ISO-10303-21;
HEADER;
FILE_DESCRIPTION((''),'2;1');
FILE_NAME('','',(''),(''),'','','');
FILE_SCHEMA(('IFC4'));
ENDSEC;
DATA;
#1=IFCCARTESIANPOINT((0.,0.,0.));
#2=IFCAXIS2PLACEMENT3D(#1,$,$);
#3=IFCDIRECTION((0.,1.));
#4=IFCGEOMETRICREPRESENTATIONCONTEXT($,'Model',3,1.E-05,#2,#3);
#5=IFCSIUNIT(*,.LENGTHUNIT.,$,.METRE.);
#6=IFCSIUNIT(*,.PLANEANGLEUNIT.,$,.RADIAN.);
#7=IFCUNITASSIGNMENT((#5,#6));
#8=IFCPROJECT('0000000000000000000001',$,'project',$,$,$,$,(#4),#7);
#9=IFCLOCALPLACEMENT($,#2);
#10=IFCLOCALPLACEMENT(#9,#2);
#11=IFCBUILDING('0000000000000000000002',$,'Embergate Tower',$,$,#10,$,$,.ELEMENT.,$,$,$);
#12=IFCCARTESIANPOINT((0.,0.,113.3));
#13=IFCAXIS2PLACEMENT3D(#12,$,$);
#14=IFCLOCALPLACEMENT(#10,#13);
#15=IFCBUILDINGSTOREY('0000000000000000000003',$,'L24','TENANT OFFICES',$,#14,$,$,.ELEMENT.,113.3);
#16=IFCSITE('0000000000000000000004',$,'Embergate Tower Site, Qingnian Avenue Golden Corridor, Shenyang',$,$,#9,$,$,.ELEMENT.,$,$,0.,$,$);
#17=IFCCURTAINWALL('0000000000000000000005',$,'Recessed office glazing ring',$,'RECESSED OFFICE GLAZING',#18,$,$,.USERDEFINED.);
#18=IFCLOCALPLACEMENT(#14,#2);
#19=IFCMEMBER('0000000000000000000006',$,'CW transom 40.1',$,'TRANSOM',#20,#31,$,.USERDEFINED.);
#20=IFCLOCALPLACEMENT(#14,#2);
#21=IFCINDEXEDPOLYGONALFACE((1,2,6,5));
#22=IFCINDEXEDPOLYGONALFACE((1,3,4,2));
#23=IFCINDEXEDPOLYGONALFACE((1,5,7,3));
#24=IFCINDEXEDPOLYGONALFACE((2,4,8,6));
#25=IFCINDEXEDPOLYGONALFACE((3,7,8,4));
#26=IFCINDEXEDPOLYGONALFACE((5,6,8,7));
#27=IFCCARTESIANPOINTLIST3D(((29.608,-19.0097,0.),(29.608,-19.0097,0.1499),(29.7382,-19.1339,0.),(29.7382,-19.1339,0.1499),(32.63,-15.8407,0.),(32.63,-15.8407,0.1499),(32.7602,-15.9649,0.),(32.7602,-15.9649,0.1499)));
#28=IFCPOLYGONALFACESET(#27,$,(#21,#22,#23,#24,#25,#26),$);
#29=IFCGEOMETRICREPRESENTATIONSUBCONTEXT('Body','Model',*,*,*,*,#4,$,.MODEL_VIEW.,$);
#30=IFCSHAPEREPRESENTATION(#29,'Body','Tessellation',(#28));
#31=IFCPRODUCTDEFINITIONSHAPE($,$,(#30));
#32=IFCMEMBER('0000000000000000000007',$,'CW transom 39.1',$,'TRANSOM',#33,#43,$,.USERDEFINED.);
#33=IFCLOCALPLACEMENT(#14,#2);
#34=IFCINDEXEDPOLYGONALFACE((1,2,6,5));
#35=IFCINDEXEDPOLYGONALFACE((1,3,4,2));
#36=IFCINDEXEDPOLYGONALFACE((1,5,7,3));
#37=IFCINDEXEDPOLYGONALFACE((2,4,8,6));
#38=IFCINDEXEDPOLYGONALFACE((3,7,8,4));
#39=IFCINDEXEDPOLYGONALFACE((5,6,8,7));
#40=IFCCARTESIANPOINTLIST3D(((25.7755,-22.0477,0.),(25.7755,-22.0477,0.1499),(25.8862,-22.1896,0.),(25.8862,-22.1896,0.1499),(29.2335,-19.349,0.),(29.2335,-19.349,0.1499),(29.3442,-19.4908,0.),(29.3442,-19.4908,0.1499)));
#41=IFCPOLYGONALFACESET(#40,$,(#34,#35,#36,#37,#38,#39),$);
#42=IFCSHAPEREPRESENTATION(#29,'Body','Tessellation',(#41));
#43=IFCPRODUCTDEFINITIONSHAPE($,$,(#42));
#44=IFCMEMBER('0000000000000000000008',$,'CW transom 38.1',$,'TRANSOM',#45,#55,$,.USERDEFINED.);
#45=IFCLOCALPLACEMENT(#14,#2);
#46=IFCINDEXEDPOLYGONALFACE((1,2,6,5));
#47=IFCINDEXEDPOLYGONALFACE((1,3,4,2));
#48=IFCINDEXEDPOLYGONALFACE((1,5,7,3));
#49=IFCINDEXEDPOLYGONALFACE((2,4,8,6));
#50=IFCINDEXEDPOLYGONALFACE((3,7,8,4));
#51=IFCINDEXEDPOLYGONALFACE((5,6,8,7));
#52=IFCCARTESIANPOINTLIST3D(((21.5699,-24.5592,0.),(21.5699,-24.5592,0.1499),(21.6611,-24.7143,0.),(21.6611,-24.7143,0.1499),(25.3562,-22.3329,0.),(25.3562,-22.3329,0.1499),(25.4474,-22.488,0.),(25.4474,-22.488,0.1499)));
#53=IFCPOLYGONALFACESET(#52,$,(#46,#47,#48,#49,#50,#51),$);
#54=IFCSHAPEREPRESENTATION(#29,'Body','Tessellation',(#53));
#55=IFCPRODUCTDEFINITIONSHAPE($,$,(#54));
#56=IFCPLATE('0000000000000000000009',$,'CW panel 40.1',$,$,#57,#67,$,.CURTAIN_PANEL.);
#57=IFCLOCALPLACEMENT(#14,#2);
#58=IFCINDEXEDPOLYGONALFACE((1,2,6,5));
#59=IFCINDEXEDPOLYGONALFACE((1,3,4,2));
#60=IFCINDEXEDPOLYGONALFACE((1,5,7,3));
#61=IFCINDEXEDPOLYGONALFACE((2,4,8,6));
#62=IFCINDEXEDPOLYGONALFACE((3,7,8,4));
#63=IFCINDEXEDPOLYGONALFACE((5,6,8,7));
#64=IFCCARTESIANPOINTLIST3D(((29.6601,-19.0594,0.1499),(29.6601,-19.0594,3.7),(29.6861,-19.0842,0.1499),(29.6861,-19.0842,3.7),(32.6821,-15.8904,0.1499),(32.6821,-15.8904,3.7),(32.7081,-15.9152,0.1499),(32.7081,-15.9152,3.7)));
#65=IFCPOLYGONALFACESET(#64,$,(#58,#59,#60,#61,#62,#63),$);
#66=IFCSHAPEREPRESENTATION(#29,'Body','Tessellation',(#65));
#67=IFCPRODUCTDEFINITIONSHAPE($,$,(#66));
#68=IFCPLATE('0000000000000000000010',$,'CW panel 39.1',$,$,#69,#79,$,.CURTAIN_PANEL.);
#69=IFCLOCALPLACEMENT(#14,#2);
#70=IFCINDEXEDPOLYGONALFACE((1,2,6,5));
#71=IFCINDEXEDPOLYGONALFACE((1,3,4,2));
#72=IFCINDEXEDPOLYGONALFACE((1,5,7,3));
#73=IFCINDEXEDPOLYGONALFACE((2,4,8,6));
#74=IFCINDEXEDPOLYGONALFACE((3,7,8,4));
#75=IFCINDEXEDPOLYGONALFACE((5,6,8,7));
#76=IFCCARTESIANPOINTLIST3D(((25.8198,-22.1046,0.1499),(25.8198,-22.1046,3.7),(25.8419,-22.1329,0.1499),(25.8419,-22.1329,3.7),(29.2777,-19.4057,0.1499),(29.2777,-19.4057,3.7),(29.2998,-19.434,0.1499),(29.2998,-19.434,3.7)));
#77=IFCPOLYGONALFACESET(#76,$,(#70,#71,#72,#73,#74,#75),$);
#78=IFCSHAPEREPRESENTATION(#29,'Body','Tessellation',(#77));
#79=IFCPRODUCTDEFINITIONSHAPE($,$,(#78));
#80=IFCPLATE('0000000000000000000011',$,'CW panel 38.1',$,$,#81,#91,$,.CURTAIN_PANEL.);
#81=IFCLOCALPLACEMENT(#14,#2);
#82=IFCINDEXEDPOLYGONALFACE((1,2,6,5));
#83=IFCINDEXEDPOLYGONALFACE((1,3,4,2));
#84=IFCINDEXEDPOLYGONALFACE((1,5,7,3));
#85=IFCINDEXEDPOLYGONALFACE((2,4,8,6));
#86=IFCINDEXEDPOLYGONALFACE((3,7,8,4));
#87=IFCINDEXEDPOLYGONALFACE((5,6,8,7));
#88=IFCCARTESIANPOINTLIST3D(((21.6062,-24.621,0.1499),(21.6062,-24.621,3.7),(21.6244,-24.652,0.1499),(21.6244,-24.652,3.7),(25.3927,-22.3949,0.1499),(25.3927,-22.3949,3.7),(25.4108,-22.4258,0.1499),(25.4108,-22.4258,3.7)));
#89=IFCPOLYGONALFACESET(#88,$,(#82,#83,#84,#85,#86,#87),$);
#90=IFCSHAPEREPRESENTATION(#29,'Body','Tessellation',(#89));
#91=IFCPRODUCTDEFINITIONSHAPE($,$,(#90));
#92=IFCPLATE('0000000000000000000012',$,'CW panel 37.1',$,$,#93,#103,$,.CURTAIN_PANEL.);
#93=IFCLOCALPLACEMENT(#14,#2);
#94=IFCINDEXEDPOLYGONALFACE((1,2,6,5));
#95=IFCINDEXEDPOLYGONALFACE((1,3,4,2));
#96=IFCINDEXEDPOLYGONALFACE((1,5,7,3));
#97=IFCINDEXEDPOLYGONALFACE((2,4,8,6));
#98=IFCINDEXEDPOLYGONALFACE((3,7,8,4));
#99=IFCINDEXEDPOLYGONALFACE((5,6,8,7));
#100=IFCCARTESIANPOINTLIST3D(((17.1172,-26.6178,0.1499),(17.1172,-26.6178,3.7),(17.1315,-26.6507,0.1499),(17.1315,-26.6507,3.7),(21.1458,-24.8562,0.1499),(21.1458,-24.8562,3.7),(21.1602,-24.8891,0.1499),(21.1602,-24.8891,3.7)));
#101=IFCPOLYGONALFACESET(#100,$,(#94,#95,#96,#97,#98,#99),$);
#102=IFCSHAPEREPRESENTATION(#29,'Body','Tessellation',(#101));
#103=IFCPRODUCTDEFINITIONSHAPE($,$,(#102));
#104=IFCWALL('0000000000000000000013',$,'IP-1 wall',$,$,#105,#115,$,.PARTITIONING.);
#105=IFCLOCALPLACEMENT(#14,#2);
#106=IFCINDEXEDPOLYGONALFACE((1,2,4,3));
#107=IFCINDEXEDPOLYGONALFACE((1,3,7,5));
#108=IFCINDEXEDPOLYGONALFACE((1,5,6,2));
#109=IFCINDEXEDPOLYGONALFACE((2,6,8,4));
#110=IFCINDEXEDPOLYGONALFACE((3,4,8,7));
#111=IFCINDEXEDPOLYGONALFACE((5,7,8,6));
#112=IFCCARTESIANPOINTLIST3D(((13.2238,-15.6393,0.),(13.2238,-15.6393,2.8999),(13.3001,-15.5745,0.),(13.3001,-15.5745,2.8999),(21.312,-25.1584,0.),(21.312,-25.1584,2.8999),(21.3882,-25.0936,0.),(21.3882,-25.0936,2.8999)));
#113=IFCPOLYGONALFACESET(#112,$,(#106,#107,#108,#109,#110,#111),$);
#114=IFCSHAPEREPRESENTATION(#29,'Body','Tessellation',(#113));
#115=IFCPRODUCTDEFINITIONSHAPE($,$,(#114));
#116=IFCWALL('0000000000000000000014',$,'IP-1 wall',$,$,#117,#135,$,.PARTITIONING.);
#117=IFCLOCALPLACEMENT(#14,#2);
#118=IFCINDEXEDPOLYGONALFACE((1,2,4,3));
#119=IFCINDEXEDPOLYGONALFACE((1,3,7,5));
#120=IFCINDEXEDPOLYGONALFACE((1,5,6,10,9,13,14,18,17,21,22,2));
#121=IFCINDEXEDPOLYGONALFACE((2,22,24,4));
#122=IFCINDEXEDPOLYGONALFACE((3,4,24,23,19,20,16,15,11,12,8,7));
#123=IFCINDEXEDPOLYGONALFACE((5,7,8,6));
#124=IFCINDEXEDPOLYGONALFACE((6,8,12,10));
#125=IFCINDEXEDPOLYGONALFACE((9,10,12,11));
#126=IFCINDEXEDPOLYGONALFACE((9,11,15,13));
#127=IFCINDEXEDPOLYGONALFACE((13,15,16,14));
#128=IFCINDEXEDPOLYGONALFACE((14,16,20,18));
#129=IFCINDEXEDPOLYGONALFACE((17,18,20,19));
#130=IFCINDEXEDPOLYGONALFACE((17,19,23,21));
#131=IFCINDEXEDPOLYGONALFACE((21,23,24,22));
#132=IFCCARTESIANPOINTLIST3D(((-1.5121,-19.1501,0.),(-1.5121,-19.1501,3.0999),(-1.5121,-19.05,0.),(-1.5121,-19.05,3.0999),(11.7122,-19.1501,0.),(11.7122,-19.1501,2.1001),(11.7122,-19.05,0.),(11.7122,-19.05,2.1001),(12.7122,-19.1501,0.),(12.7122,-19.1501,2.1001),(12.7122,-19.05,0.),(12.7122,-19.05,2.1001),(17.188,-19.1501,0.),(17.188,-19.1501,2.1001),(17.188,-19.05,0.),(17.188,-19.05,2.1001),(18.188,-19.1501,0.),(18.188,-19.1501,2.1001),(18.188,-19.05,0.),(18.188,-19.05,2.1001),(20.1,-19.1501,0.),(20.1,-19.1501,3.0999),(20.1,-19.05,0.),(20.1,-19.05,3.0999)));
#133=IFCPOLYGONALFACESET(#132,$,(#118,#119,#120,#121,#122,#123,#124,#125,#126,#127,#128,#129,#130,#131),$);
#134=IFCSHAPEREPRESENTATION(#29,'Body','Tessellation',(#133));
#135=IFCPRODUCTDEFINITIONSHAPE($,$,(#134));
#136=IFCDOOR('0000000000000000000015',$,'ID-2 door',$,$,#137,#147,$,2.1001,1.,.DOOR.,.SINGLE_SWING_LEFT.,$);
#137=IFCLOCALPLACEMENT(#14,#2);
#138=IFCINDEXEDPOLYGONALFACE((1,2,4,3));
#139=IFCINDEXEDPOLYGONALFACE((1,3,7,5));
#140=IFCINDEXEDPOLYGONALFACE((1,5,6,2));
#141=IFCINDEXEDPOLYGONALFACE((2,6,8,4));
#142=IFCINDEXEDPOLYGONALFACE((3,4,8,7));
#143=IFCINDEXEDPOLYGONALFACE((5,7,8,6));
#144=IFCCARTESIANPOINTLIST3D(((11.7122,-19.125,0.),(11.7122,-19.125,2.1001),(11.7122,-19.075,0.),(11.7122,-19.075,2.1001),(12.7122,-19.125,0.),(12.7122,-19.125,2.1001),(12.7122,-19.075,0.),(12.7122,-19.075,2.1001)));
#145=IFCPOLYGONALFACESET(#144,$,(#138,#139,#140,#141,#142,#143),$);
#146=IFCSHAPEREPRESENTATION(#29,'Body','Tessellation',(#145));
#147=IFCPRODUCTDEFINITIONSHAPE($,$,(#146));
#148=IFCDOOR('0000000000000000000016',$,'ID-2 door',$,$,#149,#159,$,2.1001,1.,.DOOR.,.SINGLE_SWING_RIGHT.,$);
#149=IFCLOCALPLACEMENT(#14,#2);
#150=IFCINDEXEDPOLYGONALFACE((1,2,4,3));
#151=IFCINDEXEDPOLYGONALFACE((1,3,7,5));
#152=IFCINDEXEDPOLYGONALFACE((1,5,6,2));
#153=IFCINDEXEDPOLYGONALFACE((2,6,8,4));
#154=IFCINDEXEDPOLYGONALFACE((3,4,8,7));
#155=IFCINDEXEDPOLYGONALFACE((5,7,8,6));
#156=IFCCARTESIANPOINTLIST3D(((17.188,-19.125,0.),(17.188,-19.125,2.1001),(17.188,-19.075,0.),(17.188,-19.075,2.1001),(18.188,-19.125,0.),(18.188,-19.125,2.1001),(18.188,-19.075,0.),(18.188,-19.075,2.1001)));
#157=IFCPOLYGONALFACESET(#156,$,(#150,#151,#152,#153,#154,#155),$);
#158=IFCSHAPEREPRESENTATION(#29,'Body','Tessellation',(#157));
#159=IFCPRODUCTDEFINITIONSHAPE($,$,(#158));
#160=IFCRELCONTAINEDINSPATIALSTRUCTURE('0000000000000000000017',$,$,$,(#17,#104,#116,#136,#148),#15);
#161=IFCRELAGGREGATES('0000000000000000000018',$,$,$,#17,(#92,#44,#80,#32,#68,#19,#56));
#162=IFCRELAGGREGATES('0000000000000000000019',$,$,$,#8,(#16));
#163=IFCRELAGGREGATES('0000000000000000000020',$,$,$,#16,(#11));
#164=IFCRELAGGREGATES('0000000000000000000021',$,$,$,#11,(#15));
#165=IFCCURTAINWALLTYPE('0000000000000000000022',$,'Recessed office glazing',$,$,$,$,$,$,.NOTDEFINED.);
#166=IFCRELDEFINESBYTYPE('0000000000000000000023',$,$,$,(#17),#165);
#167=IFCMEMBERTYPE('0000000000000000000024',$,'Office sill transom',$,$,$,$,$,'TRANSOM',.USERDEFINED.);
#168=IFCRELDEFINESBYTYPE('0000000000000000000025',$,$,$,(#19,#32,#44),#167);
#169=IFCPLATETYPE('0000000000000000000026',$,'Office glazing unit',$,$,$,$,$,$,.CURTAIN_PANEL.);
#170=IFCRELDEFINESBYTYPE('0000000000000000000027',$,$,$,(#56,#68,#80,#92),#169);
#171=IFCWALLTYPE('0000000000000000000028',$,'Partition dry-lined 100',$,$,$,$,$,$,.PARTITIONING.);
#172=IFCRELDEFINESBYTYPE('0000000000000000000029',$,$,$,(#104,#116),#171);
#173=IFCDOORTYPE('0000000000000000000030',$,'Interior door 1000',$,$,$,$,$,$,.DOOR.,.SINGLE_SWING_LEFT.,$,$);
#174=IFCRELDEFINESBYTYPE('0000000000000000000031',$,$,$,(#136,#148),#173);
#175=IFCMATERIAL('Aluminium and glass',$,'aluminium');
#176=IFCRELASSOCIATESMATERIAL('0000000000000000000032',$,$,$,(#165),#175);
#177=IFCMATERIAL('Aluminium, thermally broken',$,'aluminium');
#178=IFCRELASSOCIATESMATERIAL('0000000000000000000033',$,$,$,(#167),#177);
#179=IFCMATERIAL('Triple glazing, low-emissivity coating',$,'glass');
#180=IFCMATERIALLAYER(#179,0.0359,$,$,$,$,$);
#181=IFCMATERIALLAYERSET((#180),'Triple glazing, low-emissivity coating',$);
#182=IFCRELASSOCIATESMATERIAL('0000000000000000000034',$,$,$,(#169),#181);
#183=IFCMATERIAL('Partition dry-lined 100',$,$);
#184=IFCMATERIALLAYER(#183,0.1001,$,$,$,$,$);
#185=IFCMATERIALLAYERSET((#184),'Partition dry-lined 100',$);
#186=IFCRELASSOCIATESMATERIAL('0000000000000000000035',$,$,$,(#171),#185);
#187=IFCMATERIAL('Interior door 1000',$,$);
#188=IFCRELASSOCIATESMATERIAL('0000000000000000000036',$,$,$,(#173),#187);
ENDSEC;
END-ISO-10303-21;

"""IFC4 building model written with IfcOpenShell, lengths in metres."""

from ifc_helpers import new_model, si_unit, direction, frame, frame_2d, origin, origin_2d, place, context, subcontext, project, spatial, rectangle, extrude, source, transform, mapped, material, layer, layer_set, material_profile, profile_set, type_object, element, fill, aggregate, save


model = new_model("IFC4")

# Units and contexts
model_context = context("Model", 3, precision=1e-05, world=origin(), true_north=direction((0.0, 1.0)))
body_context = subcontext(model_context, "Body", "Model", "MODEL_VIEW")
ifc_project = project(units=[si_unit("LENGTHUNIT", "METRE"), si_unit("PLANEANGLEUNIT", "RADIAN")], contexts=[model_context])

# Site, building, storey
site_placement = place(None, origin())
site = spatial("IfcSite", under=ifc_project, at=site_placement, Name="Embergate Tower Site, Qingnian Avenue Golden Corridor, Shenyang", CompositionType="ELEMENT", RefElevation=0.0)
building_placement = place(site_placement, origin())
building = spatial("IfcBuilding", under=site, at=building_placement, Name="Embergate Tower", CompositionType="ELEMENT")
storey_placement = place(building_placement, frame((0.0, 0.0, 113.3)))
storey = spatial("IfcBuildingStorey", under=building, at=storey_placement, Name="L24", Description="TENANT OFFICES", CompositionType="ELEMENT", Elevation=113.3)

# Curtain wall, members, plates
ifc_material_1 = material(Name="Aluminium and glass", Category="aluminium")
curtain_wall_type = type_object("IfcCurtainWallType", Name="Recessed office glazing", PredefinedType="NOTDEFINED", material=ifc_material_1)
curtain_wall_placement = place(storey_placement, origin())
curtain_wall = element("IfcCurtainWall", 1, at=curtain_wall_placement, inside=storey, type_object=curtain_wall_type, Name="Recessed office glazing ring", ObjectType="RECESSED OFFICE GLAZING", PredefinedType="USERDEFINED")
ifc_material_2 = material(Name="Aluminium, thermally broken", Category="aluminium")
ifc_material_profile_1 = material_profile(ifc_material_2, rectangle(XDim=0.1799, YDim=0.1499, at=origin_2d()), Name="AL 150x180")
ifc_profile_set_1 = profile_set([ifc_material_profile_1], Name="Aluminium, thermally broken")
member_type_1 = type_object("IfcMemberType", Name="Office sill transom", ElementType="TRANSOM", PredefinedType="USERDEFINED", material=ifc_profile_set_1)
shared_shape_1 = source(origin(), body_context, "Body", "SweptSolid", [
    extrude(rectangle(XDim=0.1799, YDim=0.1499, at=origin_2d()), origin(), (0.0, 0.0, 1.0), 4.3789),
])
member_1_placement = place(storey_placement, frame((29.6731, -19.0718, 0.075), z_axis=(0.690126, 0.72369, 0.0), x_axis=(-0.72369, 0.690126, 0.0)))
member_1 = element("IfcMember", 2, at=member_1_placement, type_object=member_type_1, Name="CW transom 40.1", ObjectType="TRANSOM", PredefinedType="USERDEFINED", context=body_context, shape_type="MappedRepresentation", body=[
    mapped(shared_shape_1, transform((0.0, 0.0, 0.0))),
])
shared_shape_2 = source(origin(), body_context, "Body", "SweptSolid", [
    extrude(rectangle(XDim=0.1799, YDim=0.1499, at=origin_2d()), origin(), (0.0, 0.0, 1.0), 4.3865),
])
member_2_placement = place(storey_placement, frame((25.8308, -22.1187, 0.075), z_axis=(0.788338, 0.615242, 0.0), x_axis=(-0.615242, 0.788338, 0.0)))
member_2 = element("IfcMember", 3, at=member_2_placement, type_object=member_type_1, Name="CW transom 39.1", ObjectType="TRANSOM", PredefinedType="USERDEFINED", context=body_context, shape_type="MappedRepresentation", body=[
    mapped(shared_shape_2, transform((0.0, 0.0, 0.0))),
])
shared_shape_3 = source(origin(), body_context, "Body", "SweptSolid", [
    extrude(rectangle(XDim=0.1799, YDim=0.1499, at=origin_2d()), origin(), (0.0, 0.0, 1.0), 4.3923),
])
member_3_placement = place(storey_placement, frame((21.6155, -24.6367, 0.075), z_axis=(0.86203, 0.506857, 0.0), x_axis=(-0.506857, 0.86203, 0.0)))
member_3 = element("IfcMember", 4, at=member_3_placement, type_object=member_type_1, Name="CW transom 38.1", ObjectType="TRANSOM", PredefinedType="USERDEFINED", context=body_context, shape_type="MappedRepresentation", body=[
    mapped(shared_shape_3, transform((0.0, 0.0, 0.0))),
])
ifc_material_3 = material(Name="Triple glazing, low-emissivity coating", Category="glass")
ifc_layer_1 = layer(ifc_material_3, 0.0359)
ifc_layer_set_1 = layer_set([ifc_layer_1], Name="Triple glazing, low-emissivity coating")
plate_type = type_object("IfcPlateType", Name="Office glazing unit", PredefinedType="CURTAIN_PANEL", material=ifc_layer_set_1)
shared_shape_4 = source(origin(), body_context, "Body", "SweptSolid", [
    extrude(rectangle(XDim=4.3789, YDim=0.0359, at=origin_2d()), origin(), (0.0, 0.0, 1.0), 3.55),
])
plate_1_placement = place(storey_placement, frame((31.1841, -17.4873, 0.1499), z_axis=(0.0, 0.0, 1.0), x_axis=(0.69013, 0.723685, 0.0)))
plate_1 = element("IfcPlate", 5, at=plate_1_placement, type_object=plate_type, Name="CW panel 40.1", PredefinedType="CURTAIN_PANEL", context=body_context, shape_type="MappedRepresentation", body=[
    mapped(shared_shape_4, transform((0.0, 0.0, 0.0))),
])
shared_shape_5 = source(origin(), body_context, "Body", "SweptSolid", [
    extrude(rectangle(XDim=4.3865, YDim=0.0359, at=origin_2d()), origin(), (0.0, 0.0, 1.0), 3.55),
])
plate_2_placement = place(storey_placement, frame((27.5598, -20.7693, 0.1499), z_axis=(0.0, 0.0, 1.0), x_axis=(0.788317, 0.615269, 0.0)))
plate_2 = element("IfcPlate", 6, at=plate_2_placement, type_object=plate_type, Name="CW panel 39.1", PredefinedType="CURTAIN_PANEL", context=body_context, shape_type="MappedRepresentation", body=[
    mapped(shared_shape_5, transform((0.0, 0.0, 0.0))),
])
shared_shape_6 = source(origin(), body_context, "Body", "SweptSolid", [
    extrude(rectangle(XDim=4.3923, YDim=0.0359, at=origin_2d()), origin(), (0.0, 0.0, 1.0), 3.55),
])
plate_3_placement = place(storey_placement, frame((23.5085, -23.5234, 0.1499), z_axis=(0.0, 0.0, 1.0), x_axis=(0.862051, 0.506822, 0.0)))
plate_3 = element("IfcPlate", 7, at=plate_3_placement, type_object=plate_type, Name="CW panel 38.1", PredefinedType="CURTAIN_PANEL", context=body_context, shape_type="MappedRepresentation", body=[
    mapped(shared_shape_6, transform((0.0, 0.0, 0.0))),
])
shared_shape_7 = source(origin(), body_context, "Body", "SweptSolid", [
    extrude(rectangle(XDim=4.397, YDim=0.0359, at=origin_2d()), origin(), (0.0, 0.0, 1.0), 3.55),
])
plate_4_placement = place(storey_placement, frame((19.1387, -25.7534, 0.1499), z_axis=(0.0, 0.0, 1.0), x_axis=(0.916234, 0.400643, 0.0)))
plate_4 = element("IfcPlate", 8, at=plate_4_placement, type_object=plate_type, Name="CW panel 37.1", PredefinedType="CURTAIN_PANEL", context=body_context, shape_type="MappedRepresentation", body=[
    mapped(shared_shape_7, transform((0.0, 0.0, 0.0))),
])
aggregate(curtain_wall, [plate_4, member_3, plate_3, member_2, plate_2, member_1, plate_1])

# Wall
ifc_material_4 = material(Name="Partition dry-lined 100")
ifc_layer_2 = layer(ifc_material_4, 0.1001)
ifc_layer_set_2 = layer_set([ifc_layer_2], Name="Partition dry-lined 100")
wall_type = type_object("IfcWallType", Name="Partition dry-lined 100", PredefinedType="PARTITIONING", material=ifc_layer_set_2)
shared_shape_8 = source(origin(), body_context, "Body", "SweptSolid", [
    extrude(rectangle(XDim=12.4912, YDim=0.1001, at=frame_2d((6.2456, 0.0))), origin(), (0.0, 0.0, 1.0), 2.8999),
])
wall_1_placement = place(storey_placement, frame((21.3501, -25.126, 0.0), z_axis=(0.0, 0.0, 1.0), x_axis=(-0.647507, 0.76206, 0.0)))
element("IfcWall", 9, at=wall_1_placement, inside=storey, type_object=wall_type, Name="IP-1 wall", PredefinedType="PARTITIONING", context=body_context, shape_type="MappedRepresentation", body=[
    mapped(shared_shape_8, transform((0.0, 0.0, 0.0))),
])

# Wall, openings, doors
shared_shape_9 = source(origin(), body_context, "Body", "SweptSolid", [
    extrude(rectangle(XDim=21.6121, YDim=0.1001, at=frame_2d((10.8062, 0.0))), origin(), (0.0, 0.0, 1.0), 3.0999),
])
wall_2_placement = place(storey_placement, frame((20.1001, -19.1001, 0.0), z_axis=(0.0, 0.0, 1.0), x_axis=(-1.0, 0.0, 0.0)))
wall_2 = element("IfcWall", 10, at=wall_2_placement, inside=storey, type_object=wall_type, Name="IP-1 wall", PredefinedType="PARTITIONING", context=body_context, shape_type="MappedRepresentation", body=[
    mapped(shared_shape_9, transform((0.0, 0.0, 0.0))),
])
shared_shape_10 = source(origin(), body_context, "Body", "SweptSolid", [
    extrude(rectangle(XDim=1.0, YDim=2.1001, at=frame_2d((0.5, 1.05))), frame((0.0, 0.0601, 0.0), z_axis=(0.0, -1.0, 0.0), x_axis=(1.0, 0.0, 0.0)), (0.0, 0.0, 1.0), 0.1201),
])
opening_1_placement = place(wall_2_placement, frame((7.3879, 0.0, 0.0)))
opening_1 = element("IfcOpeningElement", 11, at=opening_1_placement, cuts=wall_2, PredefinedType="OPENING", context=body_context, shape_type="MappedRepresentation", body=[
    mapped(shared_shape_10, transform((0.0, 0.0, 0.0))),
])
opening_2_placement = place(wall_2_placement, frame((1.9121, 0.0, 0.0)))
opening_2 = element("IfcOpeningElement", 12, at=opening_2_placement, cuts=wall_2, PredefinedType="OPENING", context=body_context, shape_type="MappedRepresentation", body=[
    mapped(shared_shape_10, transform((0.0, 0.0, 0.0))),
])
ifc_material_5 = material(Name="Interior door 1000")
door_type = type_object("IfcDoorType", Name="Interior door 1000", OperationType="SINGLE_SWING_LEFT", PredefinedType="DOOR", material=ifc_material_5)
shared_shape_11 = source(origin(), body_context, "Body", "SweptSolid", [
    extrude(rectangle(XDim=1.0, YDim=2.1001, at=frame_2d((0.5, 1.05))), frame((0.0, 0.0249, 0.0), z_axis=(0.0, -1.0, 0.0), x_axis=(1.0, 0.0, 0.0)), (0.0, 0.0, 1.0), 0.05),
])
door_1_placement = place(opening_1_placement, origin())
door_1 = element("IfcDoor", 13, at=door_1_placement, inside=storey, type_object=door_type, Name="ID-2 door", OperationType="SINGLE_SWING_LEFT", OverallHeight=2.1001, OverallWidth=1.0, PredefinedType="DOOR", context=body_context, shape_type="MappedRepresentation", body=[
    mapped(shared_shape_11, transform((0.0, 0.0, 0.0))),
])
fill(opening_1, door_1)
door_2_placement = place(opening_2_placement, origin())
door_2 = element("IfcDoor", 14, at=door_2_placement, inside=storey, type_object=door_type, Name="ID-2 door", OperationType="SINGLE_SWING_RIGHT", OverallHeight=2.1001, OverallWidth=1.0, PredefinedType="DOOR", context=body_context, shape_type="MappedRepresentation", body=[
    mapped(shared_shape_11, transform((0.0, 0.0, 0.0))),
])
fill(opening_2, door_2)

save(model, "model.ifc")
